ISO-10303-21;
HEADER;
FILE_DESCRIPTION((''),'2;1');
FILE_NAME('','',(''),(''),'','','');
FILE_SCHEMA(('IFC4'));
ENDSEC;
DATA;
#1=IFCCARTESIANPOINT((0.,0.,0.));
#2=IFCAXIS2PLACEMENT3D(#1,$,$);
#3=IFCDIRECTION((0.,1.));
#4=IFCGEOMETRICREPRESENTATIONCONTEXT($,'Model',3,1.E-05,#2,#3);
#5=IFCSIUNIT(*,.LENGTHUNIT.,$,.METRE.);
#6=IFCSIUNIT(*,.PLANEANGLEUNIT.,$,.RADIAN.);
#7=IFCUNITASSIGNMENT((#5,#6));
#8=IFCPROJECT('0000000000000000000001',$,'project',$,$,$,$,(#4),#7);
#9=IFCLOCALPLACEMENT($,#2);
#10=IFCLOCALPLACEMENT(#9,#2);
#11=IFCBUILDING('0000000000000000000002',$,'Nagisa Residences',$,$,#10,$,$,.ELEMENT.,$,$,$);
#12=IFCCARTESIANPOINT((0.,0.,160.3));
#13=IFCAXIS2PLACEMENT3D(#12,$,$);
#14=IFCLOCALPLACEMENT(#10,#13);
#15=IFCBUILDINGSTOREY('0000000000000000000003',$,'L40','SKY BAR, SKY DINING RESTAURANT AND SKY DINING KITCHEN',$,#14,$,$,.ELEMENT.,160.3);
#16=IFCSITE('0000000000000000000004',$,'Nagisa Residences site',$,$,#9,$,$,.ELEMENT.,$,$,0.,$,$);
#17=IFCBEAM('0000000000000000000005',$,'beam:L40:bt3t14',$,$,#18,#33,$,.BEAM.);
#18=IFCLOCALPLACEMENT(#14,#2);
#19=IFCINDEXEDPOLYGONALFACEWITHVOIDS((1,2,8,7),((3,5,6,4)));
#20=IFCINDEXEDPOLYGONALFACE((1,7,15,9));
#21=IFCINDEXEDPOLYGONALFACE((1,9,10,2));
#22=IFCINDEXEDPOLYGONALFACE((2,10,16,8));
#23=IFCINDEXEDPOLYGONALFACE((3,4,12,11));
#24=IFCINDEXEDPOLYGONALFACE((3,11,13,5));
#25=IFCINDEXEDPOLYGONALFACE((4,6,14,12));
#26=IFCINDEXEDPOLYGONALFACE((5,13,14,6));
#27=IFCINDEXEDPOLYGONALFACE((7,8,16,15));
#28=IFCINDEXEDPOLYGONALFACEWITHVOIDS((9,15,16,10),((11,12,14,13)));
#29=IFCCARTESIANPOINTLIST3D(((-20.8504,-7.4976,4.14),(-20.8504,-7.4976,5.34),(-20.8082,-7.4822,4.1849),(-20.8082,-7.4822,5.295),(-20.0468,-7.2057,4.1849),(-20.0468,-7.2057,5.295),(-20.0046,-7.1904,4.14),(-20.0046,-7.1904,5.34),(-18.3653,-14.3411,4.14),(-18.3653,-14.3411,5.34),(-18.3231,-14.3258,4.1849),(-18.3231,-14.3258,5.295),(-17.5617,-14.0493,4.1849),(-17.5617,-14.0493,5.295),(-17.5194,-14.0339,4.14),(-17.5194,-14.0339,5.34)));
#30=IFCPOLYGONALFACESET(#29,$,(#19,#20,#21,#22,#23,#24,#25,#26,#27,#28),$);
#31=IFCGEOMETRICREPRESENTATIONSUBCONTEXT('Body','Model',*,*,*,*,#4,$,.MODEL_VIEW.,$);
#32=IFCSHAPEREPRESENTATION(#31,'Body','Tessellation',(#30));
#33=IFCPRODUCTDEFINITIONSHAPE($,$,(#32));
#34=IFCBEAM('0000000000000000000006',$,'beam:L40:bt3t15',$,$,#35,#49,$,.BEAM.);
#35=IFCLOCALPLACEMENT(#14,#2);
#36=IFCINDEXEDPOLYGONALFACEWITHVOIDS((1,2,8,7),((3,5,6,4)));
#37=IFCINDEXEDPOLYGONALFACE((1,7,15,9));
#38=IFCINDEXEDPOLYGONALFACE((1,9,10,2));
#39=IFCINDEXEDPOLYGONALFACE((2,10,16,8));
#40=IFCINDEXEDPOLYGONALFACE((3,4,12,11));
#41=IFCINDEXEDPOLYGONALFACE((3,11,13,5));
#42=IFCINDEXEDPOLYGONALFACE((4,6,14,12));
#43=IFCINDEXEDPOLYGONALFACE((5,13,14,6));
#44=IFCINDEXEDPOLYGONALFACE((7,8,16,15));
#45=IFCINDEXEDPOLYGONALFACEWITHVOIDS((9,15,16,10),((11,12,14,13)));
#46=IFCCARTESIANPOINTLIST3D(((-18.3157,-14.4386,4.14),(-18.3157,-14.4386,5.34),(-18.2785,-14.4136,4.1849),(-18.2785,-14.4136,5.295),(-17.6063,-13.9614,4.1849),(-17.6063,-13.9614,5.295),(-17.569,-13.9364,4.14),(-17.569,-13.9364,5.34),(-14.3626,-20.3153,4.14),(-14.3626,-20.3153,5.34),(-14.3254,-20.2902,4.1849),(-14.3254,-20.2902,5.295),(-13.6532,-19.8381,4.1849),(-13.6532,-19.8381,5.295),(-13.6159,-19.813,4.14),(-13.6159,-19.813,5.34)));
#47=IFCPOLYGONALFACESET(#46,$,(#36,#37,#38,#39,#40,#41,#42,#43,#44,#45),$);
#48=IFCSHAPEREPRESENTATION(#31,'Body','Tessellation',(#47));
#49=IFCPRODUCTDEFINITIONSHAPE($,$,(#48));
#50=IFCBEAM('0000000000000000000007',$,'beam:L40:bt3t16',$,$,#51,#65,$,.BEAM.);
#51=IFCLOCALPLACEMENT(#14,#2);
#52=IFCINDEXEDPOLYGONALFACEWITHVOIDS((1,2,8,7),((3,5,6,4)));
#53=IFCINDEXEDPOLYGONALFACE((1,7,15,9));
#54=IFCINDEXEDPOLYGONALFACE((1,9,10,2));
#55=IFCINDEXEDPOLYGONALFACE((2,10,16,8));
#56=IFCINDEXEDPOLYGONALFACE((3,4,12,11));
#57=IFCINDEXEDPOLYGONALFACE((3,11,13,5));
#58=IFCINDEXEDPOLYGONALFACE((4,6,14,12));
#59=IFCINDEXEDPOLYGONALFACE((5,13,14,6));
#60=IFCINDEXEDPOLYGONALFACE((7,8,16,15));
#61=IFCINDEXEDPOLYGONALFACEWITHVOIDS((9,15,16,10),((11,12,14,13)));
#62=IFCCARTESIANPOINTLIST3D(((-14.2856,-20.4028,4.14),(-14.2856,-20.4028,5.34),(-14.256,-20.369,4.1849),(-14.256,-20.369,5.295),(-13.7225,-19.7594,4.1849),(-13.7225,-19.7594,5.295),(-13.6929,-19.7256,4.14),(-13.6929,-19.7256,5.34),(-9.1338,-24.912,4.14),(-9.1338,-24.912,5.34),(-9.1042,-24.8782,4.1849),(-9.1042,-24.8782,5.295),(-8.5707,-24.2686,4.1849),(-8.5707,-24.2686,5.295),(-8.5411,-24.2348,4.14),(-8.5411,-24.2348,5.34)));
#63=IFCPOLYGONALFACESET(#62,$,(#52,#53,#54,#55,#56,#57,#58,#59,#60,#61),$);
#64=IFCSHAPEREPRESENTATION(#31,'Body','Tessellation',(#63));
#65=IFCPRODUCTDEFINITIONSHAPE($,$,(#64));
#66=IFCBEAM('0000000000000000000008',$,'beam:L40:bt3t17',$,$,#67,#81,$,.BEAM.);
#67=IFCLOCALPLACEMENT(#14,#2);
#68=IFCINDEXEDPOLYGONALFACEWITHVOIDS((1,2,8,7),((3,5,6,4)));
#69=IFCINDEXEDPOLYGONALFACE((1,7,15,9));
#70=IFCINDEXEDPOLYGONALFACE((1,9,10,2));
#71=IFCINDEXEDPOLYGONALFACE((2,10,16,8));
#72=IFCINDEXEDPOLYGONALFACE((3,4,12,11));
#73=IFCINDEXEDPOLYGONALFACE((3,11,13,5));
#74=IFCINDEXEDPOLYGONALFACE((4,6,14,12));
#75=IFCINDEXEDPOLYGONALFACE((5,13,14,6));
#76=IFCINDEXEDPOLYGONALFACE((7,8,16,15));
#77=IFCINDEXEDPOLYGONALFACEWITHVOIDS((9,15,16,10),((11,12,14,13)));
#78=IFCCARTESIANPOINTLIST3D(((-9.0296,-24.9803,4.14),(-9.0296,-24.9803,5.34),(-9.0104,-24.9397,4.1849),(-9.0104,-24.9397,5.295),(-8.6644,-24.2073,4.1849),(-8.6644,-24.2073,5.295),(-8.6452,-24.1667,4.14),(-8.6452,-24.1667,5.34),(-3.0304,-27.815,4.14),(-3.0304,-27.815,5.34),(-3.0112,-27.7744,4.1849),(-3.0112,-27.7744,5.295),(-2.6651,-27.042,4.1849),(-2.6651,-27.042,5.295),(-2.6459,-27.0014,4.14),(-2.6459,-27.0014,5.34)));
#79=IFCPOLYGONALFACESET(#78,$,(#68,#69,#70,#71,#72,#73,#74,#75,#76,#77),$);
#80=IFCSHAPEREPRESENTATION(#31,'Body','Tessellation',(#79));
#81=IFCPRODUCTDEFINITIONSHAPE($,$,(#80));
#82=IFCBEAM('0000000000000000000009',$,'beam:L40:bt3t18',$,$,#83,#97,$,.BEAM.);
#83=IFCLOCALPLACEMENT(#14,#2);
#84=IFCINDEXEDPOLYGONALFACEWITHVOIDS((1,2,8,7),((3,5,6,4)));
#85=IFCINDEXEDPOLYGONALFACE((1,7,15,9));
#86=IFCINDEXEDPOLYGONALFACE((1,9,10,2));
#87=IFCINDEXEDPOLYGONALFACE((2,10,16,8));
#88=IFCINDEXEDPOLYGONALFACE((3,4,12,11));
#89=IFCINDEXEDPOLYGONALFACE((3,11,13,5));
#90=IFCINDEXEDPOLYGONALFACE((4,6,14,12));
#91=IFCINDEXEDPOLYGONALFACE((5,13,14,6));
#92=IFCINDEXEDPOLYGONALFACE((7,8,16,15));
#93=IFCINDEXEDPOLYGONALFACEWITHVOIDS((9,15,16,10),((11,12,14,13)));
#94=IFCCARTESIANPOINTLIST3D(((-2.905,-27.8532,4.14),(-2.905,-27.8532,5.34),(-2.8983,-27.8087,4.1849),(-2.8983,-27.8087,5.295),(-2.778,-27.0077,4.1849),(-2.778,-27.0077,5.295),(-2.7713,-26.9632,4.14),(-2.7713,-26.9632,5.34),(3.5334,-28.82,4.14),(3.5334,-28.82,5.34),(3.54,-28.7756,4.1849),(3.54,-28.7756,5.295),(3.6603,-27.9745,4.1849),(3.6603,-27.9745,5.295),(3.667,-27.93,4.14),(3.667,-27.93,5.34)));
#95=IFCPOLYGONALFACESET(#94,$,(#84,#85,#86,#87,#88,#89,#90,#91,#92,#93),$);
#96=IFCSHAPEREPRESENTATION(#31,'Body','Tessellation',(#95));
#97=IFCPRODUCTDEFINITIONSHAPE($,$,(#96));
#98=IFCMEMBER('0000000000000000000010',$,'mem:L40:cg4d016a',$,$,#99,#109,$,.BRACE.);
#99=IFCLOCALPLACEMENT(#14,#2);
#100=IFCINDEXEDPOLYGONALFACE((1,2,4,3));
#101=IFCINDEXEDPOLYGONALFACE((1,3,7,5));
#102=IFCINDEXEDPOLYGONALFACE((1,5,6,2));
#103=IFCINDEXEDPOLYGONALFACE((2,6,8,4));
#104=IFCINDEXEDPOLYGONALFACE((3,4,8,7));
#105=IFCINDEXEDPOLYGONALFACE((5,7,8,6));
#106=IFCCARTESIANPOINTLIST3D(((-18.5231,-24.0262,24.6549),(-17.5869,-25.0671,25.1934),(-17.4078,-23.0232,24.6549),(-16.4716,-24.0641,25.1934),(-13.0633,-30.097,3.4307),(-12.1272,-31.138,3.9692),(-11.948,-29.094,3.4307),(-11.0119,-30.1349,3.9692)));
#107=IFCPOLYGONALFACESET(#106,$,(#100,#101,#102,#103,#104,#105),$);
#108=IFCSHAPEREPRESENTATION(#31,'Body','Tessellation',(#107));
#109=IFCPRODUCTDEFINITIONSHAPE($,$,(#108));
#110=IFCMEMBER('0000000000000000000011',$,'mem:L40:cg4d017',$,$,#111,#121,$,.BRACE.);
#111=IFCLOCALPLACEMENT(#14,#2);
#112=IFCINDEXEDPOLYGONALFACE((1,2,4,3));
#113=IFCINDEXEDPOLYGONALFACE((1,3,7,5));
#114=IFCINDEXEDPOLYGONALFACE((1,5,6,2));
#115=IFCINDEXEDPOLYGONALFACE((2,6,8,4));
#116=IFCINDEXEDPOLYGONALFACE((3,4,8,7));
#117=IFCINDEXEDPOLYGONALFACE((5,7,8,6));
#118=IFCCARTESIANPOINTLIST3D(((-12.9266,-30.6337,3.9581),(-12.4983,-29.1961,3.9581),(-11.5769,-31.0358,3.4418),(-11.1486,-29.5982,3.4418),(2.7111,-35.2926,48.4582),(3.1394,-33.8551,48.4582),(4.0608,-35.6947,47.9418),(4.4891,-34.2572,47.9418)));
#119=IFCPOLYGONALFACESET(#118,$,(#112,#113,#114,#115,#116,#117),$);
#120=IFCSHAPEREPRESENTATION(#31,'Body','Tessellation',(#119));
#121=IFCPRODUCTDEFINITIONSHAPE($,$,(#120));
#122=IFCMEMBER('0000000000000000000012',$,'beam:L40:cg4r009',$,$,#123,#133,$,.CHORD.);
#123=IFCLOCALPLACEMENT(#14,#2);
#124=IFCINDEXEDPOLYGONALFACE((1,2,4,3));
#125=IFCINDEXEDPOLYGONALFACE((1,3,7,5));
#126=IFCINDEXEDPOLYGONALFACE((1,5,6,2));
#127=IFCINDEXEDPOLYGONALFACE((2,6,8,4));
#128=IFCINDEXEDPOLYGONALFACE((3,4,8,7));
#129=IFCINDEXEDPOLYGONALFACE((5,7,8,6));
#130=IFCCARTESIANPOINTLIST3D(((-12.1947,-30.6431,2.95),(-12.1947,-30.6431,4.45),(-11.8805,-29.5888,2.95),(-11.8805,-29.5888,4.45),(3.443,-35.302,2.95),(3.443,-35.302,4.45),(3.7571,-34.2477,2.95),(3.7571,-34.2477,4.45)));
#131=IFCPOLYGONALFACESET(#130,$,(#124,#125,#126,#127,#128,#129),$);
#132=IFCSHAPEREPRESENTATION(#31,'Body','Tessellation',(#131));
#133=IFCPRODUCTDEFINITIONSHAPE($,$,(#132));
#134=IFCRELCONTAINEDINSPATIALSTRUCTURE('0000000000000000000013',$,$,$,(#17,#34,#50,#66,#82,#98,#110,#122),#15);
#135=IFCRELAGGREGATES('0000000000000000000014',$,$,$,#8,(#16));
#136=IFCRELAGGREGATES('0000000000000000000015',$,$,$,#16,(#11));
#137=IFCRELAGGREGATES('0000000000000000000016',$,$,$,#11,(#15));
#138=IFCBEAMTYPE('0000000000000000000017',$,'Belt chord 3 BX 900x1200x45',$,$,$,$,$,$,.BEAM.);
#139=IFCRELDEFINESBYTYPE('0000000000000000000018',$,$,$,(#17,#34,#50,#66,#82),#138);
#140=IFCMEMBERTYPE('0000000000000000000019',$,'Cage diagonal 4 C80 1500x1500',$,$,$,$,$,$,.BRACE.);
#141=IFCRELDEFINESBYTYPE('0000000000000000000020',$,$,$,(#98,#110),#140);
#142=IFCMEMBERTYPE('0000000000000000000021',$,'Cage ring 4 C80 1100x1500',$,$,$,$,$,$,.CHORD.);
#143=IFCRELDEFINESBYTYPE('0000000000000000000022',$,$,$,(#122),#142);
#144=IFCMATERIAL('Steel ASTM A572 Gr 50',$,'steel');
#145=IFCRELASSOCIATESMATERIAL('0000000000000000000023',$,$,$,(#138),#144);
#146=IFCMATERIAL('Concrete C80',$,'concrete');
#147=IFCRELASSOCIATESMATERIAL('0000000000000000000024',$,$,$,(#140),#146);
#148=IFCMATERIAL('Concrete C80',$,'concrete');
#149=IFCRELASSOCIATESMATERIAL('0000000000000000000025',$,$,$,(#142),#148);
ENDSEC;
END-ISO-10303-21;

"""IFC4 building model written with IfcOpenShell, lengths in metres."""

from ifc_helpers import new_model, si_unit, direction, frame, origin, origin_2d, place, context, subcontext, project, spatial, rectangle, hollow_rectangle, extrude, material, material_profile, profile_set, type_object, element, save


model = new_model("IFC4")

# Units and contexts
model_context = context("Model", 3, precision=1e-05, world=origin(), true_north=direction((0.0, 1.0)))
body_context = subcontext(model_context, "Body", "Model", "MODEL_VIEW")
ifc_project = project(units=[si_unit("LENGTHUNIT", "METRE"), si_unit("PLANEANGLEUNIT", "RADIAN")], contexts=[model_context])

# Site, building, storey
site_placement = place(None, origin())
site = spatial("IfcSite", under=ifc_project, at=site_placement, Name="Nagisa Residences site", CompositionType="ELEMENT", RefElevation=0.0)
building_placement = place(site_placement, origin())
building = spatial("IfcBuilding", under=site, at=building_placement, Name="Nagisa Residences", CompositionType="ELEMENT")
storey_placement = place(building_placement, frame((0.0, 0.0, 160.3)))
storey = spatial("IfcBuildingStorey", under=building, at=storey_placement, Name="L40", Description="SKY BAR, SKY DINING RESTAURANT AND SKY DINING KITCHEN", CompositionType="ELEMENT", Elevation=160.3)

# Beams
ifc_material_1 = material(Name="Steel ASTM A572 Gr 50", Category="steel")
ifc_material_profile_1 = material_profile(ifc_material_1, hollow_rectangle(XDim=0.8999, YDim=1.2, WallThickness=0.0449, at=origin_2d()), Name="BX 900x1200x45")
ifc_profile_set_1 = profile_set([ifc_material_profile_1], Name="Steel ASTM A572 Gr 50")
beam_type_1 = type_object("IfcBeamType", Name="Belt chord 3 BX 900x1200x45", PredefinedType="BEAM", material=ifc_profile_set_1)
beam_1_placement = place(storey_placement, frame((-20.4275, -7.344, 4.74), z_axis=(0.341326, -0.939945, 0.0), x_axis=(0.939945, 0.341326, 0.0)))
element("IfcBeam", 1, at=beam_1_placement, inside=storey, type_object=beam_type_1, Name="beam:L40:bt3t14", PredefinedType="BEAM", context=body_context, shape_type="SweptSolid", body=[
    extrude(hollow_rectangle(XDim=0.8999, YDim=1.2, WallThickness=0.0449, at=origin_2d()), origin(), (0.0, 0.0, 1.0), 7.2808),
])
beam_2_placement = place(storey_placement, frame((-17.9424, -14.1875, 4.74), z_axis=(0.558148, -0.829742, 0.0), x_axis=(0.829742, 0.558148, 0.0)))
element("IfcBeam", 2, at=beam_2_placement, inside=storey, type_object=beam_type_1, Name="beam:L40:bt3t15", PredefinedType="BEAM", context=body_context, shape_type="SweptSolid", body=[
    extrude(hollow_rectangle(XDim=0.8999, YDim=1.2, WallThickness=0.0449, at=origin_2d()), origin(), (0.0, 0.0, 1.0), 7.0825),
])
beam_3_placement = place(storey_placement, frame((-13.9893, -20.0642, 4.74), z_axis=(0.752475, -0.658621, 0.0), x_axis=(0.658621, 0.752475, 0.0)))
element("IfcBeam", 3, at=beam_3_placement, inside=storey, type_object=beam_type_1, Name="beam:L40:bt3t16", PredefinedType="BEAM", context=body_context, shape_type="SweptSolid", body=[
    extrude(hollow_rectangle(XDim=0.8999, YDim=1.2, WallThickness=0.0449, at=origin_2d()), origin(), (0.0, 0.0, 1.0), 6.8464),
])
beam_4_placement = place(storey_placement, frame((-8.8374, -24.5735, 4.74), z_axis=(0.904148, -0.427219, 0.0), x_axis=(0.427219, 0.904148, 0.0)))
element("IfcBeam", 4, at=beam_4_placement, inside=storey, type_object=beam_type_1, Name="beam:L40:bt3t17", PredefinedType="BEAM", context=body_context, shape_type="SweptSolid", body=[
    extrude(hollow_rectangle(XDim=0.8999, YDim=1.2, WallThickness=0.0449, at=origin_2d()), origin(), (0.0, 0.0, 1.0), 6.6353),
])
beam_5_placement = place(storey_placement, frame((-2.8381, -27.4082, 4.74), z_axis=(0.988912, -0.1485, 0.0), x_axis=(0.1485, 0.988912, 0.0)))
element("IfcBeam", 5, at=beam_5_placement, inside=storey, type_object=beam_type_1, Name="beam:L40:bt3t18", PredefinedType="BEAM", context=body_context, shape_type="SweptSolid", body=[
    extrude(hollow_rectangle(XDim=0.8999, YDim=1.2, WallThickness=0.0449, at=origin_2d()), origin(), (0.0, 0.0, 1.0), 6.5105),
])

# Members
ifc_material_2 = material(Name="Concrete C80", Category="concrete")
ifc_material_profile_2 = material_profile(ifc_material_2, rectangle(XDim=1.5, YDim=1.5, at=origin_2d()), Name="C80 1500x1500")
ifc_profile_set_2 = profile_set([ifc_material_profile_2], Name="Concrete C80")
member_type_1 = type_object("IfcMemberType", Name="Cage diagonal 4 C80 1500x1500", PredefinedType="BRACE", material=ifc_profile_set_2)
member_1_placement = place(storey_placement, frame((-12.0376, -30.116, 3.7), z_axis=(-0.240089, 0.266961, 0.933322), x_axis=(-0.743538, -0.668694, 0.0)))
element("IfcMember", 6, at=member_1_placement, inside=storey, type_object=member_type_1, Name="mem:L40:cg4d016a", PredefinedType="BRACE", context=body_context, shape_type="SweptSolid", body=[
    extrude(rectangle(XDim=1.5, YDim=1.5, at=origin_2d()), origin(), (0.0, 0.0, 1.0), 22.7405),
])
member_2_placement = place(storey_placement, frame((-12.0376, -30.116, 3.7), z_axis=(0.329929, -0.098296, 0.938874), x_axis=(0.285527, 0.958371, 0.0)))
element("IfcMember", 7, at=member_2_placement, inside=storey, type_object=member_type_1, Name="mem:L40:cg4d017", PredefinedType="BRACE", context=body_context, shape_type="SweptSolid", body=[
    extrude(rectangle(XDim=1.5, YDim=1.5, at=origin_2d()), origin(), (0.0, 0.0, 1.0), 47.3972),
])
ifc_material_3 = material(Name="Concrete C80", Category="concrete")
ifc_material_profile_3 = material_profile(ifc_material_3, rectangle(XDim=1.1001, YDim=1.5, at=origin_2d()), Name="C80 1100x1500")
ifc_profile_set_3 = profile_set([ifc_material_profile_3], Name="Concrete C80")
member_type_2 = type_object("IfcMemberType", Name="Cage ring 4 C80 1100x1500", PredefinedType="CHORD", material=ifc_profile_set_3)
member_3_placement = place(storey_placement, frame((-12.0376, -30.116, 3.7), z_axis=(0.958371, -0.285527, 0.0), x_axis=(0.285527, 0.958371, 0.0)))
element("IfcMember", 8, at=member_3_placement, inside=storey, type_object=member_type_2, Name="beam:L40:cg4r009", PredefinedType="CHORD", context=body_context, shape_type="SweptSolid", body=[
    extrude(rectangle(XDim=1.1001, YDim=1.5, at=origin_2d()), origin(), (0.0, 0.0, 1.0), 16.3169),
])

save(model, "model.ifc")
